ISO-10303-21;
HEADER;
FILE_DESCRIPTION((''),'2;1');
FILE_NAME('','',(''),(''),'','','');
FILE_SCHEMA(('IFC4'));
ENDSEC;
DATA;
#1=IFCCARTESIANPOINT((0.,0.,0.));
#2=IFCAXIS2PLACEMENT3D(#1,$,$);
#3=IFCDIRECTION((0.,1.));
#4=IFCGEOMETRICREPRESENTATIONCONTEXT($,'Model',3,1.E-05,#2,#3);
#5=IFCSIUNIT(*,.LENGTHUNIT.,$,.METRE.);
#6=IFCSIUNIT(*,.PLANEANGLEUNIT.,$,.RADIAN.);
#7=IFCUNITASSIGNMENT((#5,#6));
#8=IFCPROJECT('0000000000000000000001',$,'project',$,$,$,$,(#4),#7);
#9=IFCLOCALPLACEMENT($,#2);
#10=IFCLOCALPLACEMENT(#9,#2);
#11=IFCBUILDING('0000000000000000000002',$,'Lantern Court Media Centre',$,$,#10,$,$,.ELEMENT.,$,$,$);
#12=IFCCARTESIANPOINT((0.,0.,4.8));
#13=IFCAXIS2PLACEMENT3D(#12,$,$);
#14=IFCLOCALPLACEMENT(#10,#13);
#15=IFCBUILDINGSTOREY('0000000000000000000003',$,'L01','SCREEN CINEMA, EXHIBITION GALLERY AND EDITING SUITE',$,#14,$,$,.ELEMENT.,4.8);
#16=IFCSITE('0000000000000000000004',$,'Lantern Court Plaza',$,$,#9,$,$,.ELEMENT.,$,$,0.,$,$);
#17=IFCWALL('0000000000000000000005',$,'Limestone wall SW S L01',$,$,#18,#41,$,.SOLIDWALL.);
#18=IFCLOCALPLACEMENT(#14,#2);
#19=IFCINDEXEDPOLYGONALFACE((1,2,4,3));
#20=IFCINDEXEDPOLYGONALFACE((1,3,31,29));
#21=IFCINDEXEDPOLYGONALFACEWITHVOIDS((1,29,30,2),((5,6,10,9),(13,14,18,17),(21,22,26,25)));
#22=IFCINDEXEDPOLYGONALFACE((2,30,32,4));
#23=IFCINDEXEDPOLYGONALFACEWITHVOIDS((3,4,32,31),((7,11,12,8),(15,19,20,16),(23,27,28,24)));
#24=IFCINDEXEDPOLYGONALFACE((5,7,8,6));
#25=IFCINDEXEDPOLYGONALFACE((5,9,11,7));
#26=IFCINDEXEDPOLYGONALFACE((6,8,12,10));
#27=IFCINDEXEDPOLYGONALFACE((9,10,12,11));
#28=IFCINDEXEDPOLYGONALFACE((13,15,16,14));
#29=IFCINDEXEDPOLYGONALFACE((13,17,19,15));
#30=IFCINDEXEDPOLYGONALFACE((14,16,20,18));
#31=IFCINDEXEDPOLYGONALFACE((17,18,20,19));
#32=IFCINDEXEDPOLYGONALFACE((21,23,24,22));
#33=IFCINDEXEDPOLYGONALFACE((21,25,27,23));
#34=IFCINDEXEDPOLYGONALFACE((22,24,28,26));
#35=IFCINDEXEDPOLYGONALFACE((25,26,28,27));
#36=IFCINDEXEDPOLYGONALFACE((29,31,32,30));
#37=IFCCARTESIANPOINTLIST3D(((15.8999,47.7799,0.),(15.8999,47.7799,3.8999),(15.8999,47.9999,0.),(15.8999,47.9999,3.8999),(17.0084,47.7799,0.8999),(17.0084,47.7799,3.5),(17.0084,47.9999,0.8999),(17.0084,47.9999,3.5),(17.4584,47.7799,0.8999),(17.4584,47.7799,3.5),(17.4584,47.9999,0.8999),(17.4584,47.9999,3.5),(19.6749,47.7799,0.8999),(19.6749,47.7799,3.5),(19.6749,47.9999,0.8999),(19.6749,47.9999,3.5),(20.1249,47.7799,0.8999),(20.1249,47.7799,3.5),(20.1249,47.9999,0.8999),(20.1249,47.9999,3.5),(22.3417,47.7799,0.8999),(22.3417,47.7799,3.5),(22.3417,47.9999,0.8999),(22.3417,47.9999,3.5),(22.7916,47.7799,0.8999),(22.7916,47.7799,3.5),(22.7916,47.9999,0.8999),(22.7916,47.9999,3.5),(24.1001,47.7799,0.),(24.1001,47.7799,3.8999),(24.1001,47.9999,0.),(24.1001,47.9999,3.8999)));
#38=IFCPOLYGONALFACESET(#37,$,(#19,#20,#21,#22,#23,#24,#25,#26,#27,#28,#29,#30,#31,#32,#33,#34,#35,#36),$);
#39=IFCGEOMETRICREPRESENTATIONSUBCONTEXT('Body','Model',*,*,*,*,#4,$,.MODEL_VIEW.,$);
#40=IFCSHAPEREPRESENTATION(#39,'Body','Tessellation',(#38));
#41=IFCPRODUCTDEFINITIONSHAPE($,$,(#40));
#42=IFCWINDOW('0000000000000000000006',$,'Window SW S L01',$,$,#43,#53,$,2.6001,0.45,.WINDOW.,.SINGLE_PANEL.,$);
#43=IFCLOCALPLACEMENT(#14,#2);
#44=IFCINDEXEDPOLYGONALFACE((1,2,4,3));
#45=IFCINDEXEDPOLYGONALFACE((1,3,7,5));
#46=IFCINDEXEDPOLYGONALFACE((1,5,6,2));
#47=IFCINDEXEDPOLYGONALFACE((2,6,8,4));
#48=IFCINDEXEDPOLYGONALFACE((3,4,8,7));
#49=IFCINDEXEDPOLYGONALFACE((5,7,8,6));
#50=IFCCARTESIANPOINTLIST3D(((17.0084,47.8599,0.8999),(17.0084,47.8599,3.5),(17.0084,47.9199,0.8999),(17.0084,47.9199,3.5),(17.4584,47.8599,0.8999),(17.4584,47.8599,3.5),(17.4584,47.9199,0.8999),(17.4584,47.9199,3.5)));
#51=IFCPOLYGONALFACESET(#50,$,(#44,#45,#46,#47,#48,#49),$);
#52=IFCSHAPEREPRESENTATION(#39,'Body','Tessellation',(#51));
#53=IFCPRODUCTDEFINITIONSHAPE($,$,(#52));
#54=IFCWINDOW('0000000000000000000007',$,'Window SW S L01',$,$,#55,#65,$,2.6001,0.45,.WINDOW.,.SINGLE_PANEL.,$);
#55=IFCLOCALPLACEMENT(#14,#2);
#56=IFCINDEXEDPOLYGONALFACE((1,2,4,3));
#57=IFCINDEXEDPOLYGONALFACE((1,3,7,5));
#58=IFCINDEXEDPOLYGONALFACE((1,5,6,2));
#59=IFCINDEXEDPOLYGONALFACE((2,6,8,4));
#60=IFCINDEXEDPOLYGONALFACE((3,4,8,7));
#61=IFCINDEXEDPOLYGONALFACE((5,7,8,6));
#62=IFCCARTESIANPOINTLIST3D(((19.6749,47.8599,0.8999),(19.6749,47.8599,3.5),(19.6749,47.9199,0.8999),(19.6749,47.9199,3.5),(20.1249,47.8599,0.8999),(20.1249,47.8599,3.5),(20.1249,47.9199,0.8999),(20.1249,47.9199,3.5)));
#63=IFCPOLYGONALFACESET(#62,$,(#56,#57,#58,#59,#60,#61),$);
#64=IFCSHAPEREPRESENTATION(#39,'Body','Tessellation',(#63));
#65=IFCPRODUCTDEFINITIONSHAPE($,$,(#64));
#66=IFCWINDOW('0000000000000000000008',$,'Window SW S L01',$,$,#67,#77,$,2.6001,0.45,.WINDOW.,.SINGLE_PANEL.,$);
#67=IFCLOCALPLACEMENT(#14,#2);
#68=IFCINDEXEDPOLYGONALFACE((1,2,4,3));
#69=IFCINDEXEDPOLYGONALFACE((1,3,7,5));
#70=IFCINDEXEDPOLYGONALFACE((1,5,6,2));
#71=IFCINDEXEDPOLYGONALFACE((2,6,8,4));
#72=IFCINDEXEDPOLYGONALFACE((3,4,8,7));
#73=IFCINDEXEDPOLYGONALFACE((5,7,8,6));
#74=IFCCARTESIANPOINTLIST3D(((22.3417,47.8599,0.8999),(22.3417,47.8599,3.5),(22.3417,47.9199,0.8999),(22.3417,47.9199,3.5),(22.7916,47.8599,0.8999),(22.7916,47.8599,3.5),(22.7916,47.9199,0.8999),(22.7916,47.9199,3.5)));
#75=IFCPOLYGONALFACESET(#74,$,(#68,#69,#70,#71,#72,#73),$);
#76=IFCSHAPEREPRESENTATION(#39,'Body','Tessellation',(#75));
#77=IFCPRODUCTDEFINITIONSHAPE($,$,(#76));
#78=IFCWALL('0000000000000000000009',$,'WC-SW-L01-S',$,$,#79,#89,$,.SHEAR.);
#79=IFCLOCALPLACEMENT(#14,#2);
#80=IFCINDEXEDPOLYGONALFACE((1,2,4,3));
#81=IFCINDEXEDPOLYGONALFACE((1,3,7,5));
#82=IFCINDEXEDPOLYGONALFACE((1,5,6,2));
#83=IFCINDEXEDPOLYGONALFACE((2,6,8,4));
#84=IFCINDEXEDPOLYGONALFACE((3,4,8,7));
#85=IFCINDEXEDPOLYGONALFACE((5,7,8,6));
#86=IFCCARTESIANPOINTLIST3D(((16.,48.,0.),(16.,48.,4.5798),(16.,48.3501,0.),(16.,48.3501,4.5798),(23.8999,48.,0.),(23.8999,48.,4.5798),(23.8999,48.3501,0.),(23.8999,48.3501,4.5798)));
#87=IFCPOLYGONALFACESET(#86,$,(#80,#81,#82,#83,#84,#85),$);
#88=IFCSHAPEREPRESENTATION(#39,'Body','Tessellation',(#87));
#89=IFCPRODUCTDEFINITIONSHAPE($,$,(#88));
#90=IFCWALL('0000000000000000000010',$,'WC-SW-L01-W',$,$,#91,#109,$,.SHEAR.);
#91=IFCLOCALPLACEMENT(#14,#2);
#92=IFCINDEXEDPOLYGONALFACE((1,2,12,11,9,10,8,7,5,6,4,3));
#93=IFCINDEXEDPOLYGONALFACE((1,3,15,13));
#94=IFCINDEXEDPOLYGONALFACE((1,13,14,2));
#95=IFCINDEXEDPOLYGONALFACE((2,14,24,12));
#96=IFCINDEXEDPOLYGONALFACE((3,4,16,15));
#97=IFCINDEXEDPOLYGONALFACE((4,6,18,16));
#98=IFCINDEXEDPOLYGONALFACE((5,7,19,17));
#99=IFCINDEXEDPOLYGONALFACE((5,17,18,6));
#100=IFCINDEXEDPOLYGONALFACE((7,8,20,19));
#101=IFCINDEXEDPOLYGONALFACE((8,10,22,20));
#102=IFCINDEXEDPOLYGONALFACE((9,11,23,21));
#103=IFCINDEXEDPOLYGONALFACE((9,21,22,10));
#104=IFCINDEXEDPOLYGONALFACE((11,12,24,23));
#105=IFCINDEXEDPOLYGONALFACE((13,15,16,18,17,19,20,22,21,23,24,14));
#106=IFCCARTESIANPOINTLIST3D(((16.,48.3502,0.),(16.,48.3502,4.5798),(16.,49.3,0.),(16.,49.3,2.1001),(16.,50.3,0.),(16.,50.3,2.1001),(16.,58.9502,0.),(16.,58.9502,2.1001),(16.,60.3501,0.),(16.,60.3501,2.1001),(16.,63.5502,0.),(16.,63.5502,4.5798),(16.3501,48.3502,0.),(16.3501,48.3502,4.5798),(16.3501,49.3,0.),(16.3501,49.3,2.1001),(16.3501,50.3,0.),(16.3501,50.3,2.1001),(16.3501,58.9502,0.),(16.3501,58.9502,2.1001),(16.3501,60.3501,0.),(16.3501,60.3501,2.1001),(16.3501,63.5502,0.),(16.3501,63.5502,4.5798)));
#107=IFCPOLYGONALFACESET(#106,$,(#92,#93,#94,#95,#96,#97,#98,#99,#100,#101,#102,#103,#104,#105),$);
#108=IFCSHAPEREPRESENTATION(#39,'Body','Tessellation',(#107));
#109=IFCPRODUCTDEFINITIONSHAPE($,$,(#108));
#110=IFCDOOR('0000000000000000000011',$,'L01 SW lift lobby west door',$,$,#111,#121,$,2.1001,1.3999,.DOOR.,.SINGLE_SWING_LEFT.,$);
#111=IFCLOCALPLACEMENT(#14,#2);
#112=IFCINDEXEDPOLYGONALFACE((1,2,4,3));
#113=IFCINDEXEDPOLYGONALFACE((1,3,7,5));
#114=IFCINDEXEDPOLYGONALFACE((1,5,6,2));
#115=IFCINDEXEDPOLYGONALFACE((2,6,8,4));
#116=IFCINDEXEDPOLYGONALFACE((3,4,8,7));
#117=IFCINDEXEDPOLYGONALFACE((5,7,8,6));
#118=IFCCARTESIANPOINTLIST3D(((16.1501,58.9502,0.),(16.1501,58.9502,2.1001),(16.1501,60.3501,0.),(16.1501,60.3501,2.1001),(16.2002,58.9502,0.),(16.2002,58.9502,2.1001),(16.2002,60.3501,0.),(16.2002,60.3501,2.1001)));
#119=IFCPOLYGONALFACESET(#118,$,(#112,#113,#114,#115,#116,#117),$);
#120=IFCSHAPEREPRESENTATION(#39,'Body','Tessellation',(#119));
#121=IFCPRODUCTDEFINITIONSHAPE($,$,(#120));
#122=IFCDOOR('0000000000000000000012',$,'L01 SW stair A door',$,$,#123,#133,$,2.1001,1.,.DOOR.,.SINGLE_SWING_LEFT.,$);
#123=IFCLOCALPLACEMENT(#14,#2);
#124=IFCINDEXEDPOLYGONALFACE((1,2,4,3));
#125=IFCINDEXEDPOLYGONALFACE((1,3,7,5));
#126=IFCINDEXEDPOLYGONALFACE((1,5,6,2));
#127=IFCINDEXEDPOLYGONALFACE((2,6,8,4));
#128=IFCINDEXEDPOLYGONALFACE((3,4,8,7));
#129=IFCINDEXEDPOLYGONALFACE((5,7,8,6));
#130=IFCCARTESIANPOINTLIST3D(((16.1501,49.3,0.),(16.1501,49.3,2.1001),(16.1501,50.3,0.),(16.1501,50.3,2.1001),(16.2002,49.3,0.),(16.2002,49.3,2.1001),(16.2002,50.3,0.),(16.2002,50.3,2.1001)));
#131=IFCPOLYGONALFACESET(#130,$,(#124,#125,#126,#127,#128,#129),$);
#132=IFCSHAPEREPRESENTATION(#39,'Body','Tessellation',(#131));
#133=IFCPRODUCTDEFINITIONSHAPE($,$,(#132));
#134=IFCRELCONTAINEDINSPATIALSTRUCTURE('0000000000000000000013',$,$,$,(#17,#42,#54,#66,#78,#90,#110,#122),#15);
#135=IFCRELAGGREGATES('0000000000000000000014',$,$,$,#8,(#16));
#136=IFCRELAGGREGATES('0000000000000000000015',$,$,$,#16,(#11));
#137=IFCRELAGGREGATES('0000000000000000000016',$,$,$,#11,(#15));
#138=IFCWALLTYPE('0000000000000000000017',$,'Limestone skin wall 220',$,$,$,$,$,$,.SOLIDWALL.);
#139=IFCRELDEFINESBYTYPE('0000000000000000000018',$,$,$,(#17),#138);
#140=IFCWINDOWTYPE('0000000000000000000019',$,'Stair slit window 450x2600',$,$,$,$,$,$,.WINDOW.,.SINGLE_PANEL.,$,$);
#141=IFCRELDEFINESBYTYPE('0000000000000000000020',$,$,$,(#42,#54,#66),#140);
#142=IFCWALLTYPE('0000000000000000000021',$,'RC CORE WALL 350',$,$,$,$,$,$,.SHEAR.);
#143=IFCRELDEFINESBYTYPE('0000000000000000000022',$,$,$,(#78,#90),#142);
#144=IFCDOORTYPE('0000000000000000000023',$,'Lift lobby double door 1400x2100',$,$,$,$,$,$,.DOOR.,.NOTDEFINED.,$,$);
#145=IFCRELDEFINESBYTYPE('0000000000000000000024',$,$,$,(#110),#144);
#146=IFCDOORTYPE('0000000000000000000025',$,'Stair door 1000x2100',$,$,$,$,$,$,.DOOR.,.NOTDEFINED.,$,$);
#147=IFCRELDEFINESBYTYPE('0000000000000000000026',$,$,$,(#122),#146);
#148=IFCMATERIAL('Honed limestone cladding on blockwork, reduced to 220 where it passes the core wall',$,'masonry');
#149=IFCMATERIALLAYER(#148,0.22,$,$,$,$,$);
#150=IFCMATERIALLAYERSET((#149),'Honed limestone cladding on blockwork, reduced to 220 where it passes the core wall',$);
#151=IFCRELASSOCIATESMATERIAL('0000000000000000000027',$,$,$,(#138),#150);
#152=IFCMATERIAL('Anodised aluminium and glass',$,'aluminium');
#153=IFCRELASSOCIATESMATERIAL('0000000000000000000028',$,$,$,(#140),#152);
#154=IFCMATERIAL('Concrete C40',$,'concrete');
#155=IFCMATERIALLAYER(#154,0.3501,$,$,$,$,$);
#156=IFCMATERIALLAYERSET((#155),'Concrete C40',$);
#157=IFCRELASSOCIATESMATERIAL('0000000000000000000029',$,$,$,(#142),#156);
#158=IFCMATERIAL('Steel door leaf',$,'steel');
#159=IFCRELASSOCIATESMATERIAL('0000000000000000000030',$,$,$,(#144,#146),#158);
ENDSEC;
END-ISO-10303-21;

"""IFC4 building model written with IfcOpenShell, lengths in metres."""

from ifc_helpers import new_model, si_unit, direction, frame, frame_2d, origin, place, context, subcontext, project, spatial, rectangle, extrude, material, layer, layer_set, type_object, element, fill, save


model = new_model("IFC4")

# Units and contexts
model_context = context("Model", 3, precision=1e-05, world=origin(), true_north=direction((0.0, 1.0)))
body_context = subcontext(model_context, "Body", "Model", "MODEL_VIEW")
ifc_project = project(units=[si_unit("LENGTHUNIT", "METRE"), si_unit("PLANEANGLEUNIT", "RADIAN")], contexts=[model_context])

# Site, building, storey
site_placement = place(None, origin())
site = spatial("IfcSite", under=ifc_project, at=site_placement, Name="Lantern Court Plaza", CompositionType="ELEMENT", RefElevation=0.0)
building_placement = place(site_placement, origin())
building = spatial("IfcBuilding", under=site, at=building_placement, Name="Lantern Court Media Centre", CompositionType="ELEMENT")
storey_placement = place(building_placement, frame((0.0, 0.0, 4.8)))
storey = spatial("IfcBuildingStorey", under=building, at=storey_placement, Name="L01", Description="SCREEN CINEMA, EXHIBITION GALLERY AND EDITING SUITE", CompositionType="ELEMENT", Elevation=4.8)

# Wall, openings, windows
ifc_material_1 = material(Name="Honed limestone cladding on blockwork, reduced to 220 where it passes the core wall", Category="masonry")
ifc_layer_1 = layer(ifc_material_1, 0.22)
ifc_layer_set_1 = layer_set([ifc_layer_1], Name="Honed limestone cladding on blockwork, reduced to 220 where it passes the core wall")
wall_type_1 = type_object("IfcWallType", Name="Limestone skin wall 220", PredefinedType="SOLIDWALL", material=ifc_layer_set_1)
wall_1_placement = place(storey_placement, frame((15.8999, 47.8899, 0.0), z_axis=(0.0, 0.0, 1.0), x_axis=(1.0, 0.0, 0.0)))
wall_1 = element("IfcWall", 1, at=wall_1_placement, inside=storey, type_object=wall_type_1, Name="Limestone wall SW S L01", PredefinedType="SOLIDWALL", context=body_context, shape_type="SweptSolid", body=[
    extrude(rectangle(XDim=8.2002, YDim=0.22, at=frame_2d((4.1001, 0.0))), origin(), (0.0, 0.0, 1.0), 3.8999),
])
opening_1_placement = place(wall_1_placement, frame((1.1084, 0.0, 0.8999)))
opening_1 = element("IfcOpeningElement", 2, at=opening_1_placement, cuts=wall_1, PredefinedType="OPENING", context=body_context, shape_type="SweptSolid", body=[
    extrude(rectangle(XDim=0.45, YDim=2.6001, at=frame_2d((0.2251, 1.3))), frame((0.0, 0.1199, 0.0), z_axis=(0.0, -1.0, 0.0), x_axis=(1.0, 0.0, 0.0)), (0.0, 0.0, 1.0), 0.24),
])
opening_2_placement = place(wall_1_placement, frame((3.7749, 0.0, 0.8999)))
opening_2 = element("IfcOpeningElement", 3, at=opening_2_placement, cuts=wall_1, PredefinedType="OPENING", context=body_context, shape_type="SweptSolid", body=[
    extrude(rectangle(XDim=0.45, YDim=2.6001, at=frame_2d((0.2251, 1.3))), frame((0.0, 0.1199, 0.0), z_axis=(0.0, -1.0, 0.0), x_axis=(1.0, 0.0, 0.0)), (0.0, 0.0, 1.0), 0.24),
])
opening_3_placement = place(wall_1_placement, frame((6.4417, 0.0, 0.8999)))
opening_3 = element("IfcOpeningElement", 4, at=opening_3_placement, cuts=wall_1, PredefinedType="OPENING", context=body_context, shape_type="SweptSolid", body=[
    extrude(rectangle(XDim=0.45, YDim=2.6001, at=frame_2d((0.2251, 1.3))), frame((0.0, 0.1199, 0.0), z_axis=(0.0, -1.0, 0.0), x_axis=(1.0, 0.0, 0.0)), (0.0, 0.0, 1.0), 0.24),
])
ifc_material_2 = material(Name="Anodised aluminium and glass", Category="aluminium")
window_type = type_object("IfcWindowType", Name="Stair slit window 450x2600", PartitioningType="SINGLE_PANEL", PredefinedType="WINDOW", material=ifc_material_2)
window_1_placement = place(opening_1_placement, origin())
window_1 = element("IfcWindow", 5, at=window_1_placement, inside=storey, type_object=window_type, Name="Window SW S L01", OverallHeight=2.6001, OverallWidth=0.45, PartitioningType="SINGLE_PANEL", PredefinedType="WINDOW", context=body_context, shape_type="SweptSolid", body=[
    extrude(rectangle(XDim=0.45, YDim=2.6001, at=frame_2d((0.2251, 1.3))), frame((0.0, 0.03, 0.0), z_axis=(0.0, -1.0, 0.0), x_axis=(1.0, 0.0, 0.0)), (0.0, 0.0, 1.0), 0.0601),
])
fill(opening_1, window_1)
window_2_placement = place(opening_2_placement, origin())
window_2 = element("IfcWindow", 6, at=window_2_placement, inside=storey, type_object=window_type, Name="Window SW S L01", OverallHeight=2.6001, OverallWidth=0.45, PartitioningType="SINGLE_PANEL", PredefinedType="WINDOW", context=body_context, shape_type="SweptSolid", body=[
    extrude(rectangle(XDim=0.45, YDim=2.6001, at=frame_2d((0.2251, 1.3))), frame((0.0, 0.03, 0.0), z_axis=(0.0, -1.0, 0.0), x_axis=(1.0, 0.0, 0.0)), (0.0, 0.0, 1.0), 0.0601),
])
fill(opening_2, window_2)
window_3_placement = place(opening_3_placement, origin())
window_3 = element("IfcWindow", 7, at=window_3_placement, inside=storey, type_object=window_type, Name="Window SW S L01", OverallHeight=2.6001, OverallWidth=0.45, PartitioningType="SINGLE_PANEL", PredefinedType="WINDOW", context=body_context, shape_type="SweptSolid", body=[
    extrude(rectangle(XDim=0.45, YDim=2.6001, at=frame_2d((0.2251, 1.3))), frame((0.0, 0.03, 0.0), z_axis=(0.0, -1.0, 0.0), x_axis=(1.0, 0.0, 0.0)), (0.0, 0.0, 1.0), 0.0601),
])
fill(opening_3, window_3)

# Wall
ifc_material_3 = material(Name="Concrete C40", Category="concrete")
ifc_layer_2 = layer(ifc_material_3, 0.3501)
ifc_layer_set_2 = layer_set([ifc_layer_2], Name="Concrete C40")
wall_type_2 = type_object("IfcWallType", Name="RC CORE WALL 350", PredefinedType="SHEAR", material=ifc_layer_set_2)
wall_2_placement = place(storey_placement, frame((16.0, 48.175, 0.0), z_axis=(0.0, 0.0, 1.0), x_axis=(1.0, 0.0, 0.0)))
element("IfcWall", 8, at=wall_2_placement, inside=storey, type_object=wall_type_2, Name="WC-SW-L01-S", PredefinedType="SHEAR", context=body_context, shape_type="SweptSolid", body=[
    extrude(rectangle(XDim=7.8999, YDim=0.3501, at=frame_2d((3.95, 0.0))), origin(), (0.0, 0.0, 1.0), 4.5798),
])

# Wall, openings, doors
wall_3_placement = place(storey_placement, frame((16.175, 48.3501, 0.0), z_axis=(0.0, 0.0, 1.0), x_axis=(0.0, 1.0, 0.0)))
wall_3 = element("IfcWall", 9, at=wall_3_placement, inside=storey, type_object=wall_type_2, Name="WC-SW-L01-W", PredefinedType="SHEAR", context=body_context, shape_type="SweptSolid", body=[
    extrude(rectangle(XDim=15.2, YDim=0.3501, at=frame_2d((7.6001, 0.0))), origin(), (0.0, 0.0, 1.0), 4.5798),
])
opening_4_placement = place(wall_3_placement, frame((0.95, 0.0, 0.0)))
opening_4 = element("IfcOpeningElement", 10, at=opening_4_placement, cuts=wall_3, PredefinedType="OPENING", context=body_context, shape_type="SweptSolid", body=[
    extrude(rectangle(XDim=1.0, YDim=2.1001, at=frame_2d((0.5, 1.05))), frame((0.0, 0.1851, 0.0), z_axis=(0.0, -1.0, 0.0), x_axis=(1.0, 0.0, 0.0)), (0.0, 0.0, 1.0), 0.3701),
])
opening_5_placement = place(wall_3_placement, frame((10.6001, 0.0, 0.0)))
opening_5 = element("IfcOpeningElement", 11, at=opening_5_placement, cuts=wall_3, PredefinedType="OPENING", context=body_context, shape_type="SweptSolid", body=[
    extrude(rectangle(XDim=1.3999, YDim=2.1001, at=frame_2d((0.7, 1.05))), frame((0.0, 0.1851, 0.0), z_axis=(0.0, -1.0, 0.0), x_axis=(1.0, 0.0, 0.0)), (0.0, 0.0, 1.0), 0.3701),
])
ifc_material_4 = material(Name="Steel door leaf", Category="steel")
door_type_1 = type_object("IfcDoorType", Name="Lift lobby double door 1400x2100", OperationType="NOTDEFINED", PredefinedType="DOOR", material=ifc_material_4)
door_1_placement = place(opening_5_placement, origin())
door_1 = element("IfcDoor", 12, at=door_1_placement, inside=storey, type_object=door_type_1, Name="L01 SW lift lobby west door", OperationType="SINGLE_SWING_LEFT", OverallHeight=2.1001, OverallWidth=1.3999, PredefinedType="DOOR", context=body_context, shape_type="SweptSolid", body=[
    extrude(rectangle(XDim=1.3999, YDim=2.1001, at=frame_2d((0.7, 1.05))), frame((0.0, 0.0249, 0.0), z_axis=(0.0, -1.0, 0.0), x_axis=(1.0, 0.0, 0.0)), (0.0, 0.0, 1.0), 0.05),
])
fill(opening_5, door_1)
door_type_2 = type_object("IfcDoorType", Name="Stair door 1000x2100", OperationType="NOTDEFINED", PredefinedType="DOOR", material=ifc_material_4)
door_2_placement = place(opening_4_placement, origin())
door_2 = element("IfcDoor", 13, at=door_2_placement, inside=storey, type_object=door_type_2, Name="L01 SW stair A door", OperationType="SINGLE_SWING_LEFT", OverallHeight=2.1001, OverallWidth=1.0, PredefinedType="DOOR", context=body_context, shape_type="SweptSolid", body=[
    extrude(rectangle(XDim=1.0, YDim=2.1001, at=frame_2d((0.5, 1.05))), frame((0.0, 0.0249, 0.0), z_axis=(0.0, -1.0, 0.0), x_axis=(1.0, 0.0, 0.0)), (0.0, 0.0, 1.0), 0.05),
])
fill(opening_4, door_2)

save(model, "model.ifc")
